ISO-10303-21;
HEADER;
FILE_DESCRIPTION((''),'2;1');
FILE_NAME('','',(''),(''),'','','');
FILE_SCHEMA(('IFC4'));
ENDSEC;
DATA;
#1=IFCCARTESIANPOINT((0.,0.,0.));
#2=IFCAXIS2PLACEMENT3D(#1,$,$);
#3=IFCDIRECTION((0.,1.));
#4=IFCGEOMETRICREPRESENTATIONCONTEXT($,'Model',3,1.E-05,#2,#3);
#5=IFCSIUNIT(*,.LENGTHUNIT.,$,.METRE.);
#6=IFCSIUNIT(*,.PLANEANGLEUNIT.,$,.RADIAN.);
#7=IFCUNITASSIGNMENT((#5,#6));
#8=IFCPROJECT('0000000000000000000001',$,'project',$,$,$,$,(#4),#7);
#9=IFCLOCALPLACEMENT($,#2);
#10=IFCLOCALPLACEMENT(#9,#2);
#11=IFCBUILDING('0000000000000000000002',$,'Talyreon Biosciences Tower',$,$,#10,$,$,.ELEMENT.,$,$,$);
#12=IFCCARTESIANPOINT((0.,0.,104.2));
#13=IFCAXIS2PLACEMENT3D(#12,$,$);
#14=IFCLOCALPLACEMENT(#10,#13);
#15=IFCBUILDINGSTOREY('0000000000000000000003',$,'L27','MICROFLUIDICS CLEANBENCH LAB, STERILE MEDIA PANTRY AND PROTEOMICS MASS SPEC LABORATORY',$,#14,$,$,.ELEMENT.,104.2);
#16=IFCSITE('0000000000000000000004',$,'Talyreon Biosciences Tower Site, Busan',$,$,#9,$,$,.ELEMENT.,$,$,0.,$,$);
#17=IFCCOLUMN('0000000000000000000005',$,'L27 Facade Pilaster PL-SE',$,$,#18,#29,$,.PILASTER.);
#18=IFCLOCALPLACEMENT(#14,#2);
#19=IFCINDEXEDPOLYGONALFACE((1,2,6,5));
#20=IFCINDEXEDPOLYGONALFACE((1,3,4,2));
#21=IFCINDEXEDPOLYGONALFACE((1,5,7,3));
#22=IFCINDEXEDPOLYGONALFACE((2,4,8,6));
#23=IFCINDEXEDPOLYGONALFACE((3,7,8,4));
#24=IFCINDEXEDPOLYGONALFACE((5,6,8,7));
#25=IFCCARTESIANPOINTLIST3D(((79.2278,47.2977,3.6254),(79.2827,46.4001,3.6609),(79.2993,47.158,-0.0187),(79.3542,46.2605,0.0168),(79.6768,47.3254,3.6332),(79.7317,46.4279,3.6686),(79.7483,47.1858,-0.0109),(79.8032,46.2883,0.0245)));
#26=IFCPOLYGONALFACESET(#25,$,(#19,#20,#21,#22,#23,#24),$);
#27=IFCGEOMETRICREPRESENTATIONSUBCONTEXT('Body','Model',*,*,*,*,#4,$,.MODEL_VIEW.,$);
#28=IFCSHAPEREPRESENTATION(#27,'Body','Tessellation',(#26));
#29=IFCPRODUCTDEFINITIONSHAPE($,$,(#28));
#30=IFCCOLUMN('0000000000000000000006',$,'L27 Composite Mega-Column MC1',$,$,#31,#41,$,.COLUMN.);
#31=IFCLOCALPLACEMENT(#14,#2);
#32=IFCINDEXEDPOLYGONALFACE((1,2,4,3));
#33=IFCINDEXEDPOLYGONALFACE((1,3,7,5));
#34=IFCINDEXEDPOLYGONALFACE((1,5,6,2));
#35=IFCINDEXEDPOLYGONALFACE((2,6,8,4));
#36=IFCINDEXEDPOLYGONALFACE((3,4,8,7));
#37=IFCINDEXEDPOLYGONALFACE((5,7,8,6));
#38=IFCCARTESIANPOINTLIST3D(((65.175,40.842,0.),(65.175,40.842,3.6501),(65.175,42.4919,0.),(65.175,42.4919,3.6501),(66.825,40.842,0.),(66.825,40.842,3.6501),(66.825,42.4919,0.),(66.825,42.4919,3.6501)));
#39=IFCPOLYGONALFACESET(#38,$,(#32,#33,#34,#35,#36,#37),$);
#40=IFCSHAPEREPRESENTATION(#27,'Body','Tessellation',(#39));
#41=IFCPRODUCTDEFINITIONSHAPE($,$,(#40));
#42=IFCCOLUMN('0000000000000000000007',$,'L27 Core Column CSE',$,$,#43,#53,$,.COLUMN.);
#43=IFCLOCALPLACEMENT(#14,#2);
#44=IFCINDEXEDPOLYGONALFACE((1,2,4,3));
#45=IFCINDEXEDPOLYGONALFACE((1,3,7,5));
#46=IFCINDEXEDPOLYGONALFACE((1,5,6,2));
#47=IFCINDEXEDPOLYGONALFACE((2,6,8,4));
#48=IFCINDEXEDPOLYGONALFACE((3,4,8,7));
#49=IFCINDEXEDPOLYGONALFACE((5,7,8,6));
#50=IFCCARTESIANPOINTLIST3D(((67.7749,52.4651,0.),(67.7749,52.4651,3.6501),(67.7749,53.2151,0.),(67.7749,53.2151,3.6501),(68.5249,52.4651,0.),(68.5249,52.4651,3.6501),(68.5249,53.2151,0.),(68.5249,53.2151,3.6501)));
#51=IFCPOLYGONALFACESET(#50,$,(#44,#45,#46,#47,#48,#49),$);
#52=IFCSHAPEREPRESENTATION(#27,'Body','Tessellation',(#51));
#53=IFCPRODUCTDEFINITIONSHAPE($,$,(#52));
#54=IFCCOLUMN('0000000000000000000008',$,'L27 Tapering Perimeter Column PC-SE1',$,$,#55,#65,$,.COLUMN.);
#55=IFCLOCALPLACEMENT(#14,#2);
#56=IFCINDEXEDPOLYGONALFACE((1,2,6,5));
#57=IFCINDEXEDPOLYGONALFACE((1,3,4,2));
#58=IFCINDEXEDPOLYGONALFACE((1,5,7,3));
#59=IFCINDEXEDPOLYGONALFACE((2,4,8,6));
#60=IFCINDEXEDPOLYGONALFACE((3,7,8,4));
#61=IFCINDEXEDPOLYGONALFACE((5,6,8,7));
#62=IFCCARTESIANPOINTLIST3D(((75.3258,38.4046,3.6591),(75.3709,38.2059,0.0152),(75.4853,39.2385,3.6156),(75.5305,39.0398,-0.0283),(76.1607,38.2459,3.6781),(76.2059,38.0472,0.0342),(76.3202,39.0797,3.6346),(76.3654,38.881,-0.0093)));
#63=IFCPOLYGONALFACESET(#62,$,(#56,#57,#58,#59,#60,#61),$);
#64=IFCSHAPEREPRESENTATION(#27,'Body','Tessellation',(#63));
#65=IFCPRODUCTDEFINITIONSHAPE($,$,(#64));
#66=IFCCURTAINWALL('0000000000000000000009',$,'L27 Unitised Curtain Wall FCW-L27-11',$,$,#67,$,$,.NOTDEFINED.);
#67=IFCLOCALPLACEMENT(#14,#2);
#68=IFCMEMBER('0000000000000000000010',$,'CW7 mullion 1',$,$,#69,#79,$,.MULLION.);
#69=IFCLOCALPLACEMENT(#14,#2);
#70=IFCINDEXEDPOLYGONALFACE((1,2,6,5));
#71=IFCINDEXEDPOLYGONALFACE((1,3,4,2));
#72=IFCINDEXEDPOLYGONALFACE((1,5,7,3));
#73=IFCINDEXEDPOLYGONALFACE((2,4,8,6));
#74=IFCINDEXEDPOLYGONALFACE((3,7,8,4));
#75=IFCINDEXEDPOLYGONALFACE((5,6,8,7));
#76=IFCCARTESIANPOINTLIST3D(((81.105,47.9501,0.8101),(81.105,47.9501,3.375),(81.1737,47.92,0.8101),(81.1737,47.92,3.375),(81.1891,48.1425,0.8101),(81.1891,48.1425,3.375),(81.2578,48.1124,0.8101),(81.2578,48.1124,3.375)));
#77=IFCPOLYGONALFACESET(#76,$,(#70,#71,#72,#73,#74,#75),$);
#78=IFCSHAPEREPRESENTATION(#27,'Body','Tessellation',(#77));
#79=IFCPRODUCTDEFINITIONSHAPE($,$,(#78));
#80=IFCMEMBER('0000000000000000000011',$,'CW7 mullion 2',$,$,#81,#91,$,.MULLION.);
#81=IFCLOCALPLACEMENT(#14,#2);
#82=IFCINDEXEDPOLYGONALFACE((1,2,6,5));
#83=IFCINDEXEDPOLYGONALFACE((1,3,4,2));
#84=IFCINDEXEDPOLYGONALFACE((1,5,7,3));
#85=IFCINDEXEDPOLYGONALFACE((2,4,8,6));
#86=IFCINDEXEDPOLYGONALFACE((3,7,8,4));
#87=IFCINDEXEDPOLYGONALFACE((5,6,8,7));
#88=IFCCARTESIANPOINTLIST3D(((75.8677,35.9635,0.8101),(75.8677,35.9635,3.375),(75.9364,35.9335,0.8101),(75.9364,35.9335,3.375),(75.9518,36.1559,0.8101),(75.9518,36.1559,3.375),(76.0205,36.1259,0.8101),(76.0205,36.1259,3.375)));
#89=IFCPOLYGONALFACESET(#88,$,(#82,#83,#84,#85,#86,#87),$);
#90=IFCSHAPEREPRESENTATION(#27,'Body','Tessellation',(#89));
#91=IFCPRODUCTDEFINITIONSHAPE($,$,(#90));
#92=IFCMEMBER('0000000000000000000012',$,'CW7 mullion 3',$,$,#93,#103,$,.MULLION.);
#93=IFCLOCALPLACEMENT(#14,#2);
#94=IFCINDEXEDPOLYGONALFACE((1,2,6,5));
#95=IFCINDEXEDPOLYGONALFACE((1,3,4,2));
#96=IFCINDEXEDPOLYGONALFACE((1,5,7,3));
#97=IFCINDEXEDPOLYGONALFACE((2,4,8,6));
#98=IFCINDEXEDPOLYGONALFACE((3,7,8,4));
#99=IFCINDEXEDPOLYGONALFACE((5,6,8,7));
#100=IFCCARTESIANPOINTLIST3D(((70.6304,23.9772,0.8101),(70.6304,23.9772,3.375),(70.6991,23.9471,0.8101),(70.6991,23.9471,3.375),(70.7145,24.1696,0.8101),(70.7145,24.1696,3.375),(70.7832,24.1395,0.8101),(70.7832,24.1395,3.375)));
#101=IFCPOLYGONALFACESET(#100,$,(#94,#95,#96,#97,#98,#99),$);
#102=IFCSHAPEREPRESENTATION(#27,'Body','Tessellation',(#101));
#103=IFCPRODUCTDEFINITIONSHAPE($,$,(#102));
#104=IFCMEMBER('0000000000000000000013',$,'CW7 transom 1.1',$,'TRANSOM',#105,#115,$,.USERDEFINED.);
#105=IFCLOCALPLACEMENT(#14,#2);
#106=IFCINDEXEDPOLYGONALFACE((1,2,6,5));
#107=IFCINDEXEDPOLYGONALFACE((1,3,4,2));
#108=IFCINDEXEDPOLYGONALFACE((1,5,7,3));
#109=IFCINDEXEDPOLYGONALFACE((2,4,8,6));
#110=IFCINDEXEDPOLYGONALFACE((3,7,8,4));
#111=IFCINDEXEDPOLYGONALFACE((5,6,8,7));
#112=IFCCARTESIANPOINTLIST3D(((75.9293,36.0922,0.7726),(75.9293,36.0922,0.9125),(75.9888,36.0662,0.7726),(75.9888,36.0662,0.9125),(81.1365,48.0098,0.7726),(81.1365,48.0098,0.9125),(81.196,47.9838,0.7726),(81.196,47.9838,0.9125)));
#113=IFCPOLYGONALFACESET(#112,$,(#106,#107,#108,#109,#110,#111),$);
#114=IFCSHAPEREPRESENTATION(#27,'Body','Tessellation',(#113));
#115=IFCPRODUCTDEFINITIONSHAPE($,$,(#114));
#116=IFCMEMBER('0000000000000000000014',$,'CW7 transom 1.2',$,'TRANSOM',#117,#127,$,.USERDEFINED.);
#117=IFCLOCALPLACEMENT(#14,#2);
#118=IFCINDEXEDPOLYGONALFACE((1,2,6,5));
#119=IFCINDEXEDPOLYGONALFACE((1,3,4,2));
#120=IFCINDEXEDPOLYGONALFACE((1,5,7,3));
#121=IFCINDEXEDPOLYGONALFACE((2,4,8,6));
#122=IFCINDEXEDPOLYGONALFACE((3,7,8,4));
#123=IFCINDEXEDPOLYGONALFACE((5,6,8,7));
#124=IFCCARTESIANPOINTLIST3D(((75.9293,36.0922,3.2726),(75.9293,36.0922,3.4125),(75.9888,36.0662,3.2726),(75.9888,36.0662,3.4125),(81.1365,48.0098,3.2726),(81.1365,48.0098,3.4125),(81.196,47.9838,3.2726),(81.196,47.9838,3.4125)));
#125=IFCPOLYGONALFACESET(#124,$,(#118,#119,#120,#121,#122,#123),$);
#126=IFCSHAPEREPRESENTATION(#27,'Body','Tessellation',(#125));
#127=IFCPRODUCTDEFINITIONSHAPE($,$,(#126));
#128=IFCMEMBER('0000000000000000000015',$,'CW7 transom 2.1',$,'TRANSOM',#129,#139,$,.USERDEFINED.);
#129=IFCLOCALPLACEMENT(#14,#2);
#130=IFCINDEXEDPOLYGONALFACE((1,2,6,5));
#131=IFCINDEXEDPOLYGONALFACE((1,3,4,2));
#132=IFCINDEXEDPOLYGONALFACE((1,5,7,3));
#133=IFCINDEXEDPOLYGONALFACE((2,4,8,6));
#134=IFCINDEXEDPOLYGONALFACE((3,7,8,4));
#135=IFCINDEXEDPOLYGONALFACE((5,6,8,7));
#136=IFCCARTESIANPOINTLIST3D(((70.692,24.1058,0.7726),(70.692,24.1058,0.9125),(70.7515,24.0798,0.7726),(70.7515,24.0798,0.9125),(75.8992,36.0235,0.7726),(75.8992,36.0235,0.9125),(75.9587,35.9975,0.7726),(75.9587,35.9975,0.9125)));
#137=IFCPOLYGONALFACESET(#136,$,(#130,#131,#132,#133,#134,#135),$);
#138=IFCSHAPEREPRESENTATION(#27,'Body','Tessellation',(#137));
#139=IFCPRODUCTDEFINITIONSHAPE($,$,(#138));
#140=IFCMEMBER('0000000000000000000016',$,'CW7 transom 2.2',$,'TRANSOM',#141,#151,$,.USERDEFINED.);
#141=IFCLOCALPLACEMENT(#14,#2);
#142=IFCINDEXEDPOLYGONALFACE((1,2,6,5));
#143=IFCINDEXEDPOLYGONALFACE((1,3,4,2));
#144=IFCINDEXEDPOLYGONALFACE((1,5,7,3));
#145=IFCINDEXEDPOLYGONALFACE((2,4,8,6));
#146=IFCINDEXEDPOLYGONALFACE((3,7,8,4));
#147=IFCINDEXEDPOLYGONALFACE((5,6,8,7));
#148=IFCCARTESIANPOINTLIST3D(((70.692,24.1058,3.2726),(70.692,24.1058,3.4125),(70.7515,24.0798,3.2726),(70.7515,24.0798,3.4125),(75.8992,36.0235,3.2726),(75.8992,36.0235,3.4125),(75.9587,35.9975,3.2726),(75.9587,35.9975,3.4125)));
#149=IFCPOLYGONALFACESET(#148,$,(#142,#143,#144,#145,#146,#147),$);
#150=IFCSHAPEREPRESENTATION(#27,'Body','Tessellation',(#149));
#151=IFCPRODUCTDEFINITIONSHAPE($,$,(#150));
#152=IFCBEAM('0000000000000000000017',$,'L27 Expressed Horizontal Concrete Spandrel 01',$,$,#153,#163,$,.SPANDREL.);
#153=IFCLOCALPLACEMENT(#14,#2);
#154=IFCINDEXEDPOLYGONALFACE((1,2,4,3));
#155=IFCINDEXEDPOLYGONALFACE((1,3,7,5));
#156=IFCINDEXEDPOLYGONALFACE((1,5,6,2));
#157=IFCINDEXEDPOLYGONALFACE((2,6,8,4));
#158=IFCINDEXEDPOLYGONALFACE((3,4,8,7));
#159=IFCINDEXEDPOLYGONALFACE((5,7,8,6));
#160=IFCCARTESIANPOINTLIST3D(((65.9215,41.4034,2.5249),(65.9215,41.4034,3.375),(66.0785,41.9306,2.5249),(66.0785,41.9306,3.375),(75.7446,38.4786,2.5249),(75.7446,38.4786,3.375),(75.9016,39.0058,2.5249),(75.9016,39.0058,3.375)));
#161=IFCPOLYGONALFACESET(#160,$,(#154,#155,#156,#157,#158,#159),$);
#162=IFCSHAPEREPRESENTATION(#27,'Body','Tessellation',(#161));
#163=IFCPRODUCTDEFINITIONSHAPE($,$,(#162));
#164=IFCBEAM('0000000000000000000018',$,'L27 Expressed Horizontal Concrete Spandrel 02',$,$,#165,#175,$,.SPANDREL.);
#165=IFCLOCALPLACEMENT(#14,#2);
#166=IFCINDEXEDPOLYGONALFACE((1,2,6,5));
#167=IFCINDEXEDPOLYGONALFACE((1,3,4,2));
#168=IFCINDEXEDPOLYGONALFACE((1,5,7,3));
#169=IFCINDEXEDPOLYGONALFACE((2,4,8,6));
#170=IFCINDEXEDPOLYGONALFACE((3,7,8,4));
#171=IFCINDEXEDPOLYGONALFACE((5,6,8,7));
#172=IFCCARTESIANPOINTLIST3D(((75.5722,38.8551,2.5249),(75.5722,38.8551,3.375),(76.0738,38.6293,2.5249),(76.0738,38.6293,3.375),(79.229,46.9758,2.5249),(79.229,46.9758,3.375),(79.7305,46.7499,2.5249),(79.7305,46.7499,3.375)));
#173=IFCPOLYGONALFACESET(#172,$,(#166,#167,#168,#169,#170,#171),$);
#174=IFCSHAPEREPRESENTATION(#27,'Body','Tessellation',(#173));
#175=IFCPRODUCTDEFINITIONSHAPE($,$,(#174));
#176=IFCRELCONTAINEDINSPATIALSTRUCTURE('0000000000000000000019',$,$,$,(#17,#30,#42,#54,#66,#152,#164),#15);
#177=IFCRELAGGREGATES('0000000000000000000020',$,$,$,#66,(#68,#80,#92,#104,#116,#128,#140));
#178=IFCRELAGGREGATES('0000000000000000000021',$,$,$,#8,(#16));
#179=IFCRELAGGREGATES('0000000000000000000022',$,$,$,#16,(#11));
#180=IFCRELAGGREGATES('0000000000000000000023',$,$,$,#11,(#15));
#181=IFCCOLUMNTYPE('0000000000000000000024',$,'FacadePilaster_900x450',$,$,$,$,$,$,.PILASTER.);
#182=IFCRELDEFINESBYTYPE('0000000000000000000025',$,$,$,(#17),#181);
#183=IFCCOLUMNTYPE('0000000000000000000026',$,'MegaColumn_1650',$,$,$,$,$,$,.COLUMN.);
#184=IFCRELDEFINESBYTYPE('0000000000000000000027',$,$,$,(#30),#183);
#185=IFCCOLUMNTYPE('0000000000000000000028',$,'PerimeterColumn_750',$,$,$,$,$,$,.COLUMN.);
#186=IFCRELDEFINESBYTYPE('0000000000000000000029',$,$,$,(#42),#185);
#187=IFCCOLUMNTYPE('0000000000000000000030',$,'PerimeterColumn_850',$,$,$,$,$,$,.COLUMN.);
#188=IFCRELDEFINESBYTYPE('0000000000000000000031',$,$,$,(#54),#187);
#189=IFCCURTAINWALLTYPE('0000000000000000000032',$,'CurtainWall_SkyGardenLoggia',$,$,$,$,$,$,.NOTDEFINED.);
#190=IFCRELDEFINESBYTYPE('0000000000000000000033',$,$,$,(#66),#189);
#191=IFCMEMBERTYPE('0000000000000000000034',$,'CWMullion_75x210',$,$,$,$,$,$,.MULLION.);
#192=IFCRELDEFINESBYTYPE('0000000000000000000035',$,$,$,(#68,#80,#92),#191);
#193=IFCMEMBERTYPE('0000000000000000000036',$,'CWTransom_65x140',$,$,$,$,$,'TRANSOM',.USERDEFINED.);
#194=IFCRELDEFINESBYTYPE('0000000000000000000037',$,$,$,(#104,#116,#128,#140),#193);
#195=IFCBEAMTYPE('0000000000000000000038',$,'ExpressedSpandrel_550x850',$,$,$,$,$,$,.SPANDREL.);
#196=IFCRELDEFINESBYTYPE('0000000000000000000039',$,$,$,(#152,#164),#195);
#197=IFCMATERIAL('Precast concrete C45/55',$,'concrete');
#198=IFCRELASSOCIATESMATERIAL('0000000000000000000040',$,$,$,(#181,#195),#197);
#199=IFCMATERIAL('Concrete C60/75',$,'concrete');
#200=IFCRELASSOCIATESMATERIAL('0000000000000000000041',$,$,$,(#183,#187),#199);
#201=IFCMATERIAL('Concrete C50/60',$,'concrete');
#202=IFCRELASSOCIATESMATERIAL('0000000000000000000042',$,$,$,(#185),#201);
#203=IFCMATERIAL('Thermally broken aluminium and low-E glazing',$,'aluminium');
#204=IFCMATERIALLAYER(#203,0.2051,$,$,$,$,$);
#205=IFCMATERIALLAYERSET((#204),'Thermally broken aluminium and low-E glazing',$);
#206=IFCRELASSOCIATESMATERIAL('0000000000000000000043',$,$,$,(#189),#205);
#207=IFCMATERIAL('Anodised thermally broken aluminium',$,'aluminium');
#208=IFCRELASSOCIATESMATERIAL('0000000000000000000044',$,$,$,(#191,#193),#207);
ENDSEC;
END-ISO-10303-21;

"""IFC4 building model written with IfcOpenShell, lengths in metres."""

from ifc_helpers import new_model, si_unit, direction, frame, origin, origin_2d, place, context, subcontext, project, spatial, rectangle, extrude, material, layer, layer_set, material_profile, profile_set, type_object, element, aggregate, save


model = new_model("IFC4")

# Units and contexts
model_context = context("Model", 3, precision=1e-05, world=origin(), true_north=direction((0.0, 1.0)))
body_context = subcontext(model_context, "Body", "Model", "MODEL_VIEW")
ifc_project = project(units=[si_unit("LENGTHUNIT", "METRE"), si_unit("PLANEANGLEUNIT", "RADIAN")], contexts=[model_context])

# Site, building, storey
site_placement = place(None, origin())
site = spatial("IfcSite", under=ifc_project, at=site_placement, Name="Talyreon Biosciences Tower Site, Busan", CompositionType="ELEMENT", RefElevation=0.0)
building_placement = place(site_placement, origin())
building = spatial("IfcBuilding", under=site, at=building_placement, Name="Talyreon Biosciences Tower", CompositionType="ELEMENT")
storey_placement = place(building_placement, frame((0.0, 0.0, 104.2)))
storey = spatial("IfcBuildingStorey", under=building, at=storey_placement, Name="L27", Description="MICROFLUIDICS CLEANBENCH LAB, STERILE MEDIA PANTRY AND PROTEOMICS MASS SPEC LABORATORY", CompositionType="ELEMENT", Elevation=104.2)

# Columns
ifc_material_1 = material(Name="Precast concrete C45/55", Category="concrete")
ifc_material_profile_1 = material_profile(ifc_material_1, rectangle(XDim=0.8999, YDim=0.45, at=origin_2d()), Name="RC 900x450")
ifc_profile_set_1 = profile_set([ifc_material_profile_1], Name="Precast concrete C45/55")
column_type_1 = type_object("IfcColumnType", Name="FacadePilaster_900x450", PredefinedType="PILASTER", material=ifc_profile_set_1)
column_1_placement = place(storey_placement, frame((79.5513, 46.7231, 0.0029), z_axis=(-0.019612, 0.038287, 0.999074), x_axis=(0.061032, -0.997357, 0.039419)))
element("IfcColumn", 1, at=column_1_placement, inside=storey, type_object=column_type_1, Name="L27 Facade Pilaster PL-SE", PredefinedType="PILASTER", context=body_context, shape_type="SweptSolid", body=[
    extrude(rectangle(XDim=0.8999, YDim=0.45, at=origin_2d()), origin(), (0.0, 0.0, 1.0), 3.6475),
])
ifc_material_2 = material(Name="Concrete C60/75", Category="concrete")
ifc_material_profile_2 = material_profile(ifc_material_2, rectangle(XDim=1.6499, YDim=1.6499, at=origin_2d()), Name="RC 1650x1650")
ifc_profile_set_2 = profile_set([ifc_material_profile_2], Name="Concrete C60/75")
column_type_2 = type_object("IfcColumnType", Name="MegaColumn_1650", PredefinedType="COLUMN", material=ifc_profile_set_2)
column_2_placement = place(storey_placement, frame((66.0, 41.667, 0.0), z_axis=(0.0, 0.0, 1.0), x_axis=(1.0, 0.0, 0.0)))
element("IfcColumn", 2, at=column_2_placement, inside=storey, type_object=column_type_2, Name="L27 Composite Mega-Column MC1", PredefinedType="COLUMN", context=body_context, shape_type="SweptSolid", body=[
    extrude(rectangle(XDim=1.6499, YDim=1.6499, at=origin_2d()), origin(), (0.0, 0.0, 1.0), 3.6501),
])
ifc_material_3 = material(Name="Concrete C50/60", Category="concrete")
ifc_material_profile_3 = material_profile(ifc_material_3, rectangle(XDim=0.75, YDim=0.75, at=origin_2d()), Name="RC 750x750")
ifc_profile_set_3 = profile_set([ifc_material_profile_3], Name="Concrete C50/60")
column_type_3 = type_object("IfcColumnType", Name="PerimeterColumn_750", PredefinedType="COLUMN", material=ifc_profile_set_3)
column_3_placement = place(storey_placement, frame((68.1499, 52.8401, 0.0), z_axis=(0.0, 0.0, 1.0), x_axis=(1.0, 0.0, 0.0)))
element("IfcColumn", 3, at=column_3_placement, inside=storey, type_object=column_type_3, Name="L27 Core Column CSE", PredefinedType="COLUMN", context=body_context, shape_type="SweptSolid", body=[
    extrude(rectangle(XDim=0.75, YDim=0.75, at=origin_2d()), origin(), (0.0, 0.0, 1.0), 3.6501),
])
ifc_material_profile_4 = material_profile(ifc_material_2, rectangle(XDim=0.8501, YDim=0.8501, at=origin_2d()), Name="RC 850x850")
ifc_profile_set_4 = profile_set([ifc_material_profile_4], Name="Concrete C60/75")
column_type_4 = type_object("IfcColumnType", Name="PerimeterColumn_850", PredefinedType="COLUMN", material=ifc_profile_set_4)
column_4_placement = place(storey_placement, frame((75.8682, 38.5435, 0.0029), z_axis=(-0.012375, 0.054451, 0.99844), x_axis=(-0.187659, -0.980901, 0.051168)))
element("IfcColumn", 4, at=column_4_placement, inside=storey, type_object=column_type_4, Name="L27 Tapering Perimeter Column PC-SE1", PredefinedType="COLUMN", context=body_context, shape_type="SweptSolid", body=[
    extrude(rectangle(XDim=0.8501, YDim=0.8501, at=origin_2d()), origin(), (0.0, 0.0, 1.0), 3.6497),
])

# Curtain wall, members
ifc_material_4 = material(Name="Thermally broken aluminium and low-E glazing", Category="aluminium")
ifc_layer_1 = layer(ifc_material_4, 0.2051)
ifc_layer_set_1 = layer_set([ifc_layer_1], Name="Thermally broken aluminium and low-E glazing")
curtain_wall_type = type_object("IfcCurtainWallType", Name="CurtainWall_SkyGardenLoggia", PredefinedType="NOTDEFINED", material=ifc_layer_set_1)
curtain_wall_placement = place(storey_placement, origin())
curtain_wall = element("IfcCurtainWall", 5, at=curtain_wall_placement, inside=storey, type_object=curtain_wall_type, Name="L27 Unitised Curtain Wall FCW-L27-11", PredefinedType="NOTDEFINED")
ifc_material_5 = material(Name="Anodised thermally broken aluminium", Category="aluminium")
ifc_material_profile_5 = material_profile(ifc_material_5, rectangle(XDim=0.075, YDim=0.21, at=origin_2d()), Name="ALUM MULLION 75x210")
ifc_profile_set_5 = profile_set([ifc_material_profile_5], Name="Anodised thermally broken aluminium")
member_type_1 = type_object("IfcMemberType", Name="CWMullion_75x210", PredefinedType="MULLION", material=ifc_profile_set_5)
member_1_placement = place(storey_placement, frame((81.1814, 48.0312, 0.8101), z_axis=(0.0, 0.0, 1.0), x_axis=(0.916346, -0.400388, 0.0)))
member_1 = element("IfcMember", 6, at=member_1_placement, type_object=member_type_1, Name="CW7 mullion 1", PredefinedType="MULLION", context=body_context, shape_type="SweptSolid", body=[
    extrude(rectangle(XDim=0.075, YDim=0.21, at=origin_2d()), origin(), (0.0, 0.0, 1.0), 2.5649),
])
member_2_placement = place(storey_placement, frame((75.9441, 36.0447, 0.8101), z_axis=(0.0, 0.0, 1.0), x_axis=(0.916346, -0.400388, 0.0)))
member_2 = element("IfcMember", 7, at=member_2_placement, type_object=member_type_1, Name="CW7 mullion 2", PredefinedType="MULLION", context=body_context, shape_type="SweptSolid", body=[
    extrude(rectangle(XDim=0.075, YDim=0.21, at=origin_2d()), origin(), (0.0, 0.0, 1.0), 2.5649),
])
member_3_placement = place(storey_placement, frame((70.7068, 24.0583, 0.8101), z_axis=(0.0, 0.0, 1.0), x_axis=(0.916346, -0.400388, 0.0)))
member_3 = element("IfcMember", 8, at=member_3_placement, type_object=member_type_1, Name="CW7 mullion 3", PredefinedType="MULLION", context=body_context, shape_type="SweptSolid", body=[
    extrude(rectangle(XDim=0.075, YDim=0.21, at=origin_2d()), origin(), (0.0, 0.0, 1.0), 2.5649),
])
ifc_material_profile_6 = material_profile(ifc_material_5, rectangle(XDim=0.0649, YDim=0.1399, at=origin_2d()), Name="ALUM TRANSOM 65x140")
ifc_profile_set_6 = profile_set([ifc_material_profile_6], Name="Anodised thermally broken aluminium")
member_type_2 = type_object("IfcMemberType", Name="CWTransom_65x140", ElementType="TRANSOM", PredefinedType="USERDEFINED", material=ifc_profile_set_6)
member_4_placement = place(storey_placement, frame((81.1663, 47.9968, 0.8425), z_axis=(-0.400385, -0.916347, 0.0), x_axis=(0.916347, -0.400385, 0.0)))
member_4 = element("IfcMember", 9, at=member_4_placement, type_object=member_type_2, Name="CW7 transom 1.1", ObjectType="TRANSOM", PredefinedType="USERDEFINED", context=body_context, shape_type="SweptSolid", body=[
    extrude(rectangle(XDim=0.0649, YDim=0.1399, at=origin_2d()), origin(), (0.0, 0.0, 1.0), 13.0056),
])
member_5_placement = place(storey_placement, frame((81.1663, 47.9968, 3.3425), z_axis=(-0.400385, -0.916347, 0.0), x_axis=(0.916347, -0.400385, 0.0)))
member_5 = element("IfcMember", 10, at=member_5_placement, type_object=member_type_2, Name="CW7 transom 1.2", ObjectType="TRANSOM", PredefinedType="USERDEFINED", context=body_context, shape_type="SweptSolid", body=[
    extrude(rectangle(XDim=0.0649, YDim=0.1399, at=origin_2d()), origin(), (0.0, 0.0, 1.0), 13.0056),
])
member_6_placement = place(storey_placement, frame((75.929, 36.0105, 0.8425), z_axis=(-0.400385, -0.916347, 0.0), x_axis=(0.916347, -0.400385, 0.0)))
member_6 = element("IfcMember", 11, at=member_6_placement, type_object=member_type_2, Name="CW7 transom 2.1", ObjectType="TRANSOM", PredefinedType="USERDEFINED", context=body_context, shape_type="SweptSolid", body=[
    extrude(rectangle(XDim=0.0649, YDim=0.1399, at=origin_2d()), origin(), (0.0, 0.0, 1.0), 13.0056),
])
member_7_placement = place(storey_placement, frame((75.929, 36.0105, 3.3425), z_axis=(-0.400385, -0.916347, 0.0), x_axis=(0.916347, -0.400385, 0.0)))
member_7 = element("IfcMember", 12, at=member_7_placement, type_object=member_type_2, Name="CW7 transom 2.2", ObjectType="TRANSOM", PredefinedType="USERDEFINED", context=body_context, shape_type="SweptSolid", body=[
    extrude(rectangle(XDim=0.0649, YDim=0.1399, at=origin_2d()), origin(), (0.0, 0.0, 1.0), 13.0056),
])

# Beams
ifc_material_profile_7 = material_profile(ifc_material_1, rectangle(XDim=0.55, YDim=0.8501, at=origin_2d()), Name="RCB 550x850")
ifc_profile_set_7 = profile_set([ifc_material_profile_7], Name="Precast concrete C45/55")
beam_type_1 = type_object("IfcBeamType", Name="ExpressedSpandrel_550x850", PredefinedType="SPANDREL", material=ifc_profile_set_7)
beam_1_placement = place(storey_placement, frame((66.0, 41.667, 2.95), z_axis=(0.958418, -0.28537, 0.0), x_axis=(0.28537, 0.958418, 0.0)))
element("IfcBeam", 13, at=beam_1_placement, inside=storey, type_object=beam_type_1, Name="L27 Expressed Horizontal Concrete Spandrel 01", PredefinedType="SPANDREL", context=body_context, shape_type="SweptSolid", body=[
    extrude(rectangle(XDim=0.55, YDim=0.8501, at=origin_2d()), origin(), (0.0, 0.0, 1.0), 10.2493),
])
beam_2_placement = place(storey_placement, frame((75.823, 38.7422, 2.95), z_axis=(0.410595, 0.911818, 0.0), x_axis=(-0.911818, 0.410595, 0.0)))
element("IfcBeam", 14, at=beam_2_placement, inside=storey, type_object=beam_type_1, Name="L27 Expressed Horizontal Concrete Spandrel 02", PredefinedType="SPANDREL", context=body_context, shape_type="SweptSolid", body=[
    extrude(rectangle(XDim=0.55, YDim=0.8501, at=origin_2d()), origin(), (0.0, 0.0, 1.0), 8.906),
])

aggregate(curtain_wall, [member_1, member_2, member_3, member_4, member_5, member_6, member_7])

save(model, "model.ifc")
